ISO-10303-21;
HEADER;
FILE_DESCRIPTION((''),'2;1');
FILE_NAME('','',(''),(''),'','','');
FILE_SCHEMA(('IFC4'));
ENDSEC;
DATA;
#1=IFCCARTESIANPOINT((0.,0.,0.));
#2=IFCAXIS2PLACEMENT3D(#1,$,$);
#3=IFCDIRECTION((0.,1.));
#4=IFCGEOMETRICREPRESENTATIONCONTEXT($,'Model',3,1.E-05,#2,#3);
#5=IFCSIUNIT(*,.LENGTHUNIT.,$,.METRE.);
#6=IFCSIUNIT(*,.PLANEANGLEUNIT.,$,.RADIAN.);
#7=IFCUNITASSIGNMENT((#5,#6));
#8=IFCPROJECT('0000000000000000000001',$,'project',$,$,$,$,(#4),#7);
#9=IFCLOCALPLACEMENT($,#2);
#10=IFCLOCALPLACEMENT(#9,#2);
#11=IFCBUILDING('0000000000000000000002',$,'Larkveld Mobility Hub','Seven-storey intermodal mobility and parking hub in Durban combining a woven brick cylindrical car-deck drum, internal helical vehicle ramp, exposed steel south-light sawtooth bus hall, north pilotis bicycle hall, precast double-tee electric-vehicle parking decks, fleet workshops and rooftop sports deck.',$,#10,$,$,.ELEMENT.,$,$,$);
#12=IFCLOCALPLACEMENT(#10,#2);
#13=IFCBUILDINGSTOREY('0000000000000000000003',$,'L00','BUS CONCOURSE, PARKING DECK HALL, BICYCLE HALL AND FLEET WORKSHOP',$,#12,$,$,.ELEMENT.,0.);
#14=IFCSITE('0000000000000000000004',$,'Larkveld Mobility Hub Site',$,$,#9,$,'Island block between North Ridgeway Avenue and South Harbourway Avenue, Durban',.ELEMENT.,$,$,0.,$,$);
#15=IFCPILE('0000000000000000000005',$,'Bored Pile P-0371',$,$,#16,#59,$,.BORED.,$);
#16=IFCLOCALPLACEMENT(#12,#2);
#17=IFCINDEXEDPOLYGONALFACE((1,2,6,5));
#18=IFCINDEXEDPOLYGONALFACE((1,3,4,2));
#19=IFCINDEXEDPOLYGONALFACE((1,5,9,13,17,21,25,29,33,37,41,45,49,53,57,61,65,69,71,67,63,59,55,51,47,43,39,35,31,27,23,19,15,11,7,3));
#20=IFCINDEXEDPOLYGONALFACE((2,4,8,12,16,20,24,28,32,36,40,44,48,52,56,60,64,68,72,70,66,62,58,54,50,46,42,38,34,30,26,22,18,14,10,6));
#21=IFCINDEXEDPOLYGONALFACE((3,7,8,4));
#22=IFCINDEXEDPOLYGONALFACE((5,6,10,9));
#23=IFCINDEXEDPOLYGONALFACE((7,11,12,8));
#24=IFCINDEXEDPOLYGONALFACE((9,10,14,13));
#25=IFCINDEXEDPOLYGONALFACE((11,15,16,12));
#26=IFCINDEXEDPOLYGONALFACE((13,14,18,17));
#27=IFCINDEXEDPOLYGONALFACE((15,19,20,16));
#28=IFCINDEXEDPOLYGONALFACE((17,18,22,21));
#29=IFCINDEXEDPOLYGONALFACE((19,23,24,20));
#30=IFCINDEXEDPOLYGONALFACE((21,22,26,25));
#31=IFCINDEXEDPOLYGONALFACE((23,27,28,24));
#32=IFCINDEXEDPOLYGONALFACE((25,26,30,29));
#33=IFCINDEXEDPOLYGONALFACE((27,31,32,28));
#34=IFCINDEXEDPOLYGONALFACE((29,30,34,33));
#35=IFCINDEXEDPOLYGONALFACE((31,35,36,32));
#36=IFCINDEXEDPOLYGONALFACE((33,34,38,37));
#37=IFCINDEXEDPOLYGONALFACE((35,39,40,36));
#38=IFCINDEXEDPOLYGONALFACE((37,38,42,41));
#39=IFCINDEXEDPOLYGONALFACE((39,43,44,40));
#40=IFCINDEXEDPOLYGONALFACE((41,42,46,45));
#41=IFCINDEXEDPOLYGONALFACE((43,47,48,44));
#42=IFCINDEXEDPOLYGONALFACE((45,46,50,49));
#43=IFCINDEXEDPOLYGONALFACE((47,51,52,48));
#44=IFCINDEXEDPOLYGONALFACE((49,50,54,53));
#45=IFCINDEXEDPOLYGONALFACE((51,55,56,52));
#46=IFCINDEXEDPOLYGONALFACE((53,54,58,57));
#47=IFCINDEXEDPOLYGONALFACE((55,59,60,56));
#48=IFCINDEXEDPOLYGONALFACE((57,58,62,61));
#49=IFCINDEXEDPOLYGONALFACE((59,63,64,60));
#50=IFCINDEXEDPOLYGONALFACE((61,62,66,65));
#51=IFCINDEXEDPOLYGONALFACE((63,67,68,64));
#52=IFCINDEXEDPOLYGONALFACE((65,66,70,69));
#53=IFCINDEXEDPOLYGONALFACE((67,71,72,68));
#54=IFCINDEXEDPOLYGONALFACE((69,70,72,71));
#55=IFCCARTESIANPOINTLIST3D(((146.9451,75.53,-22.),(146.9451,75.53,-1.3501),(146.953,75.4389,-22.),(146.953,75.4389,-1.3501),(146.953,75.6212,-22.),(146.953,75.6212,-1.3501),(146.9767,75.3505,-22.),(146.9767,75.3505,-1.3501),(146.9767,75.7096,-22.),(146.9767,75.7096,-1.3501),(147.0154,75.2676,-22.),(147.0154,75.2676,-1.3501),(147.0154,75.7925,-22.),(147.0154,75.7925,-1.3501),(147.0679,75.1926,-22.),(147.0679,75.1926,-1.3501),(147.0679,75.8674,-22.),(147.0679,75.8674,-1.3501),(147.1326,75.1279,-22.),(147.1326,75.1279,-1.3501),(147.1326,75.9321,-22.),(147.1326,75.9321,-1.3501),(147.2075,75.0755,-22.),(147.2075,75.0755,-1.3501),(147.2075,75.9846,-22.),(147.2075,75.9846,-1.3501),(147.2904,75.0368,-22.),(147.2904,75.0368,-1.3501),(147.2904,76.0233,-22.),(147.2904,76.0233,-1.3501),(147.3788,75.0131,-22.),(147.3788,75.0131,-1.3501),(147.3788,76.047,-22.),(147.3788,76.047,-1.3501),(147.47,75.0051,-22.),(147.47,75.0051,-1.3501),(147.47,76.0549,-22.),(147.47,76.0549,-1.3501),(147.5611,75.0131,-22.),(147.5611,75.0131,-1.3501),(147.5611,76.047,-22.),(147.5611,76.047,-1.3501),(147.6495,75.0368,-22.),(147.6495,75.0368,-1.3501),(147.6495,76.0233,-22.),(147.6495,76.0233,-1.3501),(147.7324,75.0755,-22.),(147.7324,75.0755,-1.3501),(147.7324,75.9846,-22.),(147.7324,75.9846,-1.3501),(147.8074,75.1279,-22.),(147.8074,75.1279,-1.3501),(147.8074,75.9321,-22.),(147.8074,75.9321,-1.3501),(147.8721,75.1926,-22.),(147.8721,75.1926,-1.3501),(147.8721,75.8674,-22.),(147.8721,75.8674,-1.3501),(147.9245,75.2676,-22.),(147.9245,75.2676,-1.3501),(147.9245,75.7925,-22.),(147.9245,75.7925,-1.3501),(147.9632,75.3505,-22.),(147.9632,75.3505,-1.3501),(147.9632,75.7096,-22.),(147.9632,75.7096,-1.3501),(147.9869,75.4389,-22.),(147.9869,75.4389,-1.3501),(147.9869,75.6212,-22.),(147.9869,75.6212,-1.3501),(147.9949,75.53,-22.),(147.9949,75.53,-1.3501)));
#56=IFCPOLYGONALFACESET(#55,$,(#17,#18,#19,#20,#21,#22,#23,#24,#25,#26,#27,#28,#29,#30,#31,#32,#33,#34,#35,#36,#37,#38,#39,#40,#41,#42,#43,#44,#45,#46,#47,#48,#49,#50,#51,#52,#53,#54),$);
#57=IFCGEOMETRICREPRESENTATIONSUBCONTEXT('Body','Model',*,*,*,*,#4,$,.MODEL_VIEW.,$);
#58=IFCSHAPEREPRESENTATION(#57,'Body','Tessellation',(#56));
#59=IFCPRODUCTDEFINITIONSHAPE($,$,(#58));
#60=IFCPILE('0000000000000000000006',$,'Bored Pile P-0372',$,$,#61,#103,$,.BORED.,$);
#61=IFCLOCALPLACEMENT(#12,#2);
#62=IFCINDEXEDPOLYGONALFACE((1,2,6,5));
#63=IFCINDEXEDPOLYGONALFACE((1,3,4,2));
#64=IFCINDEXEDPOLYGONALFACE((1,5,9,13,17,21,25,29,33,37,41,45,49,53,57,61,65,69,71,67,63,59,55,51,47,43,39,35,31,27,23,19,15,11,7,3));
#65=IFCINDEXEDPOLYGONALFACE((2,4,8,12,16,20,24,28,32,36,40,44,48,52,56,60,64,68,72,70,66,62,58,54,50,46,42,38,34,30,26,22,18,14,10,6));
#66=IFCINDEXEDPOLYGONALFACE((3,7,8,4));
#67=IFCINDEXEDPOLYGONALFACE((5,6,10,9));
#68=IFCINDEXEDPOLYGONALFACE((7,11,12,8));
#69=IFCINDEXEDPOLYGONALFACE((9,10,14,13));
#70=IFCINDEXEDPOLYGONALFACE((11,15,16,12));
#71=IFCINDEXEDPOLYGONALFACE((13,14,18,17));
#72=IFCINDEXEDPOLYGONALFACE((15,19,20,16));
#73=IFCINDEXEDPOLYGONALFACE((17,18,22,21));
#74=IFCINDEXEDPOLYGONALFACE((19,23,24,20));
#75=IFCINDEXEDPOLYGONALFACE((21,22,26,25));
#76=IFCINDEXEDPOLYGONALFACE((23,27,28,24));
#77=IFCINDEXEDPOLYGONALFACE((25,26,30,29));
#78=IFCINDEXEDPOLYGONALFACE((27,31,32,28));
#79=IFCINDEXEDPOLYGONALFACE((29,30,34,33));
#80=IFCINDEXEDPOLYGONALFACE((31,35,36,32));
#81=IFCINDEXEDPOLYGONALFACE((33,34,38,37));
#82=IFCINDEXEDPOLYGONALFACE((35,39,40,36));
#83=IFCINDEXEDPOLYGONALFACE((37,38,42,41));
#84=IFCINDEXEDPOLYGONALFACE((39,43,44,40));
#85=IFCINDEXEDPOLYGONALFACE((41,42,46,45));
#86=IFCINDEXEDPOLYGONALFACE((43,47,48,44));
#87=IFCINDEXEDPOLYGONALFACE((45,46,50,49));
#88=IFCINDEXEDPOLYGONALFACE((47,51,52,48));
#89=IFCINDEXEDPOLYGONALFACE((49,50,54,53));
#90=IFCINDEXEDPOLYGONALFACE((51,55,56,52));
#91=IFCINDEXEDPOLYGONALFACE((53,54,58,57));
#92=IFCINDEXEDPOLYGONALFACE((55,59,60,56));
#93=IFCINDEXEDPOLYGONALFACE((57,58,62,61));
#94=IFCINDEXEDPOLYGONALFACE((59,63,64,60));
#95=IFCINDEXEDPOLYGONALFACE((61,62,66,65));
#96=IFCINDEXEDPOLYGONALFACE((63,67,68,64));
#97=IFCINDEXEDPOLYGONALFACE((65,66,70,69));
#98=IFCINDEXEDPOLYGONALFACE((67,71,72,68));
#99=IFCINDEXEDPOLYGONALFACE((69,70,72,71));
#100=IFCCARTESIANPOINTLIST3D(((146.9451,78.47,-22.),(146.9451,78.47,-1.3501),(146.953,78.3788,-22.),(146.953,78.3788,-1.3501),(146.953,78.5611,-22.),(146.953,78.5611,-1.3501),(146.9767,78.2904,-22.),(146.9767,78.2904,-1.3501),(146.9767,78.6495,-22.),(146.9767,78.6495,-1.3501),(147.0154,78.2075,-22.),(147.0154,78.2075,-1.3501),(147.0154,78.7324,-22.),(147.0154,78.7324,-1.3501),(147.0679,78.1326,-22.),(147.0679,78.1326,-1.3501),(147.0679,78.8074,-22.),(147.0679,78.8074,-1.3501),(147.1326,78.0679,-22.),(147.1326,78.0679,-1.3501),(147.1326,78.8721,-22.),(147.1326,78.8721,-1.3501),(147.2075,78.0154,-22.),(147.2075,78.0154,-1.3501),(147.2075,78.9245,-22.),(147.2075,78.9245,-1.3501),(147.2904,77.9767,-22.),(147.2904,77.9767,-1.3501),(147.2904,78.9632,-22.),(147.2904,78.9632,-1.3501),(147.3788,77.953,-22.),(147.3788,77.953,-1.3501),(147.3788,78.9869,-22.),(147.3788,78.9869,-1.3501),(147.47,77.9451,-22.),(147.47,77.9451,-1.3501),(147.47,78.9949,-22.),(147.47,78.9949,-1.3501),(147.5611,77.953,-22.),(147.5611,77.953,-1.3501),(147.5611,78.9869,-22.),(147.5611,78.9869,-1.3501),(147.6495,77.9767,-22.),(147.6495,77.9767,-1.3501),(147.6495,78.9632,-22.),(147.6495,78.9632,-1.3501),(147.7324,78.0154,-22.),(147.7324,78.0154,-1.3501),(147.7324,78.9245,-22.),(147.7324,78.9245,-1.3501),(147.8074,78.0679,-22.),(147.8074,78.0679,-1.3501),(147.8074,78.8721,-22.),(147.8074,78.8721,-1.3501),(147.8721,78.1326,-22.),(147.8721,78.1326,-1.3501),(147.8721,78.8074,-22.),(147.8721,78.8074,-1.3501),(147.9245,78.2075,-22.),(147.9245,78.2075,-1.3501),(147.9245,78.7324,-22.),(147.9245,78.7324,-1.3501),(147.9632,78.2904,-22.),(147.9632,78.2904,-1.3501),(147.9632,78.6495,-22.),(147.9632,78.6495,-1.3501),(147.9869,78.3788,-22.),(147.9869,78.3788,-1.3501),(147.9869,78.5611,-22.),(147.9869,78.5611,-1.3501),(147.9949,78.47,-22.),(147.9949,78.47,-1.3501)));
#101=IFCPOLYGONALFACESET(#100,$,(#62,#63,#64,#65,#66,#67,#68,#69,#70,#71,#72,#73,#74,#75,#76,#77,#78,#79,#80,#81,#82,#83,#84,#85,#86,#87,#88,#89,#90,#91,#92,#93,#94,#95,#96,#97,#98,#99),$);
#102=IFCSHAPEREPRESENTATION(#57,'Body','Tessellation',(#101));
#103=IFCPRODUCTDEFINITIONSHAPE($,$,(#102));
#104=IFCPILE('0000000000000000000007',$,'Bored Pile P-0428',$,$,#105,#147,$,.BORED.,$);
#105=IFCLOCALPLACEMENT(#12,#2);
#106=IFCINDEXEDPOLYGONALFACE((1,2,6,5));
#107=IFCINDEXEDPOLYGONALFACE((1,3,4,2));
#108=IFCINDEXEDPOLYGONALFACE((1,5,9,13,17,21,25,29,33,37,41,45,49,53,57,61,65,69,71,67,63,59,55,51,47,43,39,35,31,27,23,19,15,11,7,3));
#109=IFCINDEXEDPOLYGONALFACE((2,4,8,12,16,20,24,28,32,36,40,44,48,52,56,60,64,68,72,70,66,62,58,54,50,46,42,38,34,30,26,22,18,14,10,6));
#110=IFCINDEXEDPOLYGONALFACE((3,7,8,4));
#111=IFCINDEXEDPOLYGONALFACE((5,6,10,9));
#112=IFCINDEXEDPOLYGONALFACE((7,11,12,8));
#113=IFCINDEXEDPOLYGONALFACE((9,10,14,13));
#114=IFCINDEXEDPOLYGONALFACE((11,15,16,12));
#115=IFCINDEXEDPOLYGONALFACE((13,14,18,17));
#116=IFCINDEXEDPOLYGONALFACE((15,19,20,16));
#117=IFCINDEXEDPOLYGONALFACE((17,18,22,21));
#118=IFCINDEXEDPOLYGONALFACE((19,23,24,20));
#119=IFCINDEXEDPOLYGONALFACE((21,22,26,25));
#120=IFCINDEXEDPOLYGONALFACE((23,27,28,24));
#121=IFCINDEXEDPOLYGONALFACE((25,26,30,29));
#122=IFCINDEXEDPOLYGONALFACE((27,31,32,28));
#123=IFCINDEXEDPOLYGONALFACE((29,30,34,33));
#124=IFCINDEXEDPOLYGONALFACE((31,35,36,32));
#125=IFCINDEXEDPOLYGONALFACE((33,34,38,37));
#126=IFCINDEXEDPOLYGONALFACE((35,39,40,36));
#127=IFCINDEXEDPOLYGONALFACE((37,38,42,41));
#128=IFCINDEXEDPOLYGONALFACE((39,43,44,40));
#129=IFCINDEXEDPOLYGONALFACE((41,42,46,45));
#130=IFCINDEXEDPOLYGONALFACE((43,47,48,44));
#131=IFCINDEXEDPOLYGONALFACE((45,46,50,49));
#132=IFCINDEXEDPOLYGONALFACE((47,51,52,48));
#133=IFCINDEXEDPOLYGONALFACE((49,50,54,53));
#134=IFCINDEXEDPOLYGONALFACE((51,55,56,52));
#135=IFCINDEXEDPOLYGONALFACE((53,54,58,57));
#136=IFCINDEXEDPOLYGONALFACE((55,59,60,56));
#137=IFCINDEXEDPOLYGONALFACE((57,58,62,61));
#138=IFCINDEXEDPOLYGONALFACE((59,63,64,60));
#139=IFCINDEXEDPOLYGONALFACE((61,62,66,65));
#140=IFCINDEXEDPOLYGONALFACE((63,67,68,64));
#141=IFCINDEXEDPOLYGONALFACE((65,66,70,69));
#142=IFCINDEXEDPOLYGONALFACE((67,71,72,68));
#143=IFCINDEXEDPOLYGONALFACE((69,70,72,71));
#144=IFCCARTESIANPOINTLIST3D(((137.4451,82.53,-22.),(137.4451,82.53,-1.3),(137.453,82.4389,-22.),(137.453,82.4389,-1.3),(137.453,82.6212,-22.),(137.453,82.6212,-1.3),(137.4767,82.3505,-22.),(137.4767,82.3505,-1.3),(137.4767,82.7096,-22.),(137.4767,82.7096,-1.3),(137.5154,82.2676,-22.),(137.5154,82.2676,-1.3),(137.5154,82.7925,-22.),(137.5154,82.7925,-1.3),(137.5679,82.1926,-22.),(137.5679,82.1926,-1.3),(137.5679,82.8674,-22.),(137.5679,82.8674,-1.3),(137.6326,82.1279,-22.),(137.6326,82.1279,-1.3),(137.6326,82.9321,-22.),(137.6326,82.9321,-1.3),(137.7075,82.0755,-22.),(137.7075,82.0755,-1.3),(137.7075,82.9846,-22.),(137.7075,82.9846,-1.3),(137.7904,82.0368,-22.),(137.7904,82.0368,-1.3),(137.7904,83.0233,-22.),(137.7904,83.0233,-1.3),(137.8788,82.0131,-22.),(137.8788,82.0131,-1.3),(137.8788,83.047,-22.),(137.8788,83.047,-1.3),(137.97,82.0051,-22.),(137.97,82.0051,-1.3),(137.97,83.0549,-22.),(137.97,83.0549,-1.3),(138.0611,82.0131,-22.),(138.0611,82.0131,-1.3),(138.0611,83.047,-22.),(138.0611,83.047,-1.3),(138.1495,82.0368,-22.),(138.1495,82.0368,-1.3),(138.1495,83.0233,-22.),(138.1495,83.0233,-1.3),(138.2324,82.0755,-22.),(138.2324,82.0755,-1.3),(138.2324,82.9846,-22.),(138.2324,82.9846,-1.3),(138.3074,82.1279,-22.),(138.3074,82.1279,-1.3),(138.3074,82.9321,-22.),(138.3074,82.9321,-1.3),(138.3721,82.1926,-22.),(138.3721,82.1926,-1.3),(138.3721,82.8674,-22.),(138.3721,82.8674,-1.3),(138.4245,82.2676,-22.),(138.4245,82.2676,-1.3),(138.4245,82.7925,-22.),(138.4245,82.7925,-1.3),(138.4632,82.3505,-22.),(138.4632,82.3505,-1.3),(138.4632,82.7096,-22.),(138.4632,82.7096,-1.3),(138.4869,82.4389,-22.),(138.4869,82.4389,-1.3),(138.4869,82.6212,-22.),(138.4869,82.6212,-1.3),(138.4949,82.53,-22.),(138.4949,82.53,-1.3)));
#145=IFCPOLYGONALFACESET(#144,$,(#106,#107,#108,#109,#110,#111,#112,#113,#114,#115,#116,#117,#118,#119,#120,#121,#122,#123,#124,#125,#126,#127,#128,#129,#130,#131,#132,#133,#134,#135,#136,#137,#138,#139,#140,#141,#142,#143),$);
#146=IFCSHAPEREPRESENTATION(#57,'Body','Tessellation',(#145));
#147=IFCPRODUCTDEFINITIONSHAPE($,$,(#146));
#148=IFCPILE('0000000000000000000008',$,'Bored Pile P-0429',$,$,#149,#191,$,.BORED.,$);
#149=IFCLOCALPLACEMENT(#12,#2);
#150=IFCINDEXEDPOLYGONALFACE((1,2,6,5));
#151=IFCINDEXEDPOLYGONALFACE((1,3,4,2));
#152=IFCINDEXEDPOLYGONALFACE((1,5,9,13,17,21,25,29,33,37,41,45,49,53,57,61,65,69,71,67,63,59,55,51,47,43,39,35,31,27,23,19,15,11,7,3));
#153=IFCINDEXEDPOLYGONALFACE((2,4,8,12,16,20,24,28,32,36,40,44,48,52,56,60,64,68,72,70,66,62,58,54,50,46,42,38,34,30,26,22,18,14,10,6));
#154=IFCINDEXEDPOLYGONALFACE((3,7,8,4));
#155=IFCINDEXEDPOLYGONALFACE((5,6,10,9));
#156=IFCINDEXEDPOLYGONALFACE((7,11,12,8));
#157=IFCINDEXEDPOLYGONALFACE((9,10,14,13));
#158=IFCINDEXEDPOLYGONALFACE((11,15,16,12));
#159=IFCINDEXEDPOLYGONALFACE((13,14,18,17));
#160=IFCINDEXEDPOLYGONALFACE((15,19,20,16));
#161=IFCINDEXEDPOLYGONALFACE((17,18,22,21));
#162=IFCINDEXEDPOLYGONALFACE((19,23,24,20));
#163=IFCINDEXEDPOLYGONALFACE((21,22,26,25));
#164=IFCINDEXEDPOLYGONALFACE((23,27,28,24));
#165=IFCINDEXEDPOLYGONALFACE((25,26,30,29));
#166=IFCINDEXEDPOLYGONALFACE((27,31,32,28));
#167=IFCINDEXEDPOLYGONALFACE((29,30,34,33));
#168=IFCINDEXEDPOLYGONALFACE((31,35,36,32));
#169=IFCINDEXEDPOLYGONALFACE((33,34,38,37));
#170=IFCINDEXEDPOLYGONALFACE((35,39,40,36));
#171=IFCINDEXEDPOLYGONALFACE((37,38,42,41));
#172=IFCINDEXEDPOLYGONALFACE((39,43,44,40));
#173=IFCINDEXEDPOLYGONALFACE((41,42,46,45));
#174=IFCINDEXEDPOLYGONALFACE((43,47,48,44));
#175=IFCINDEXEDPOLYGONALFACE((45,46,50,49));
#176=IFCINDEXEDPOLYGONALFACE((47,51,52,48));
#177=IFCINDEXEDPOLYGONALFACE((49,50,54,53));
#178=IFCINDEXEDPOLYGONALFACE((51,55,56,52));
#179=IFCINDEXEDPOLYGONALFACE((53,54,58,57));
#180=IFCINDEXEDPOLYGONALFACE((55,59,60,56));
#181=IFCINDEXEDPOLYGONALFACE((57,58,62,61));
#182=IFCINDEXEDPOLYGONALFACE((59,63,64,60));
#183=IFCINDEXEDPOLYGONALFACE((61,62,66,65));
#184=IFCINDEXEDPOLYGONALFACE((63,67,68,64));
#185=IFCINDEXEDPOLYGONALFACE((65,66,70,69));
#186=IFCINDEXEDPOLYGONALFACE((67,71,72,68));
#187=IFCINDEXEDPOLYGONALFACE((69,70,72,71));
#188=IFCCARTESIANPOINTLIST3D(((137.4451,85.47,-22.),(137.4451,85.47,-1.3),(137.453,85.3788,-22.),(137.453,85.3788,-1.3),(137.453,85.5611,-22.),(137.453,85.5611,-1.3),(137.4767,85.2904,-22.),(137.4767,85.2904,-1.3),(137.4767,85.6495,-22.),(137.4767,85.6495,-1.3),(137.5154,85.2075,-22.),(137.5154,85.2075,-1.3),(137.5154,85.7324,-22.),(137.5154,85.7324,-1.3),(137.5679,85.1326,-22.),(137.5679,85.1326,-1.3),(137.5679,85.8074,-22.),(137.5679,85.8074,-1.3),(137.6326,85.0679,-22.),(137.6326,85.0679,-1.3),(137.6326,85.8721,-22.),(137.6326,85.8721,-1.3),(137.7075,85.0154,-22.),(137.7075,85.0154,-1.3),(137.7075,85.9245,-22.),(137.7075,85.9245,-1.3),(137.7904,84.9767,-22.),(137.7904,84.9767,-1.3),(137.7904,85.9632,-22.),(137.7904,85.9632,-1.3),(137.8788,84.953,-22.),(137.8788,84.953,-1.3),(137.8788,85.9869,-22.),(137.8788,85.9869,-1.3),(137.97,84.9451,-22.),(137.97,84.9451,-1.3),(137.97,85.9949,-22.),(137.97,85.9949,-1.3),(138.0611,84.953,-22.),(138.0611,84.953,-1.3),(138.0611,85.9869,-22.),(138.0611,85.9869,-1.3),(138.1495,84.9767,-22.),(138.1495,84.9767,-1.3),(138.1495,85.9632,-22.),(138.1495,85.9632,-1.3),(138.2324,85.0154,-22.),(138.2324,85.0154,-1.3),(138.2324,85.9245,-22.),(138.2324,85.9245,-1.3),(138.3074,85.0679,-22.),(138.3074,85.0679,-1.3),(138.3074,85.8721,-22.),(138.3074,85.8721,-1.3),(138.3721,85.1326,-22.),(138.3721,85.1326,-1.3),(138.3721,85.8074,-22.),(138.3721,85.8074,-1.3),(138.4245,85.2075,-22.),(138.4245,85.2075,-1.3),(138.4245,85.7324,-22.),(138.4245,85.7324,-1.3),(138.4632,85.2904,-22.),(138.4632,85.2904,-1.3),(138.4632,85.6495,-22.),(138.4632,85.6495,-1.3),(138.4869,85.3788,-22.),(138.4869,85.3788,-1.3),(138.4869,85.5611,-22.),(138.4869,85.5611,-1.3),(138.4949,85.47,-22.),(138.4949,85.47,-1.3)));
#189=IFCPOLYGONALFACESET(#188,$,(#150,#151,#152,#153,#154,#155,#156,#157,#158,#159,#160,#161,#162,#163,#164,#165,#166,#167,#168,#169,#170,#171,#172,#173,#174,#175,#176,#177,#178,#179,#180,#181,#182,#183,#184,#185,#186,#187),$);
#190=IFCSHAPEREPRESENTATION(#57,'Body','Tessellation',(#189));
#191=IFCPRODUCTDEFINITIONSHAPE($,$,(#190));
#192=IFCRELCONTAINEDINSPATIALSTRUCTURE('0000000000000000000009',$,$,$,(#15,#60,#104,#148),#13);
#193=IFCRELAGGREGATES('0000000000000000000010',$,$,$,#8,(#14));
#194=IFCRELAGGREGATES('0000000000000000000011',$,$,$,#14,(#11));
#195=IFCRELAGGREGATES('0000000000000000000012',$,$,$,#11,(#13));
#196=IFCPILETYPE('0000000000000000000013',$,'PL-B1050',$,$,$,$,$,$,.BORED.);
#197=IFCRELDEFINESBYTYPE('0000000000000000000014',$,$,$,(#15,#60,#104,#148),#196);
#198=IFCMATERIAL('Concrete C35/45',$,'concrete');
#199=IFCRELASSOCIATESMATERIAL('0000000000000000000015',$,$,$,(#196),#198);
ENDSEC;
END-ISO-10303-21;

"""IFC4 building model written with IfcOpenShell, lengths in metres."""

from ifc_helpers import new_model, si_unit, direction, frame, origin, origin_2d, place, context, subcontext, project, spatial, circle, extrude, material, material_profile, profile_set, type_object, element, save


model = new_model("IFC4")

# Units and contexts
model_context = context("Model", 3, precision=1e-05, world=origin(), true_north=direction((0.0, 1.0)))
body_context = subcontext(model_context, "Body", "Model", "MODEL_VIEW")
ifc_project = project(units=[si_unit("LENGTHUNIT", "METRE"), si_unit("PLANEANGLEUNIT", "RADIAN")], contexts=[model_context])

# Site, building, storey
site_placement = place(None, origin())
site = spatial("IfcSite", under=ifc_project, at=site_placement, Name="Larkveld Mobility Hub Site", LongName="Island block between North Ridgeway Avenue and South Harbourway Avenue, Durban", CompositionType="ELEMENT", RefElevation=0.0)
building_placement = place(site_placement, origin())
building = spatial("IfcBuilding", under=site, at=building_placement, Name="Larkveld Mobility Hub", Description="Seven-storey intermodal mobility and parking hub in Durban combining a woven brick cylindrical car-deck drum, internal helical vehicle ramp, exposed steel south-light sawtooth bus hall, north pilotis bicycle hall, precast double-tee electric-vehicle parking decks, fleet workshops and rooftop sports deck.", CompositionType="ELEMENT")
storey_placement = place(building_placement, origin())
storey = spatial("IfcBuildingStorey", under=building, at=storey_placement, Name="L00", Description="BUS CONCOURSE, PARKING DECK HALL, BICYCLE HALL AND FLEET WORKSHOP", CompositionType="ELEMENT", Elevation=0.0)

# Shared definitions
ifc_material_1 = material(Name="Concrete C35/45", Category="concrete")

# Piles
ifc_material_profile_1 = material_profile(ifc_material_1, circle(Radius=0.5249, at=origin_2d()), Name="PILE D1050")
ifc_profile_set_1 = profile_set([ifc_material_profile_1], Name="Concrete C35/45")
pile_type_1 = type_object("IfcPileType", Name="PL-B1050", PredefinedType="BORED", material=ifc_profile_set_1)
for number, where, z_axis, x_axis, name in (
    (1, (147.47, 75.53, -1.3501), (0.0, 0.0, -1.0), (1.0, 0.0, 0.0), "Bored Pile P-0371"),
    (2, (147.47, 78.47, -1.3501), (0.0, 0.0, -1.0), (1.0, 0.0, 0.0), "Bored Pile P-0372"),
):
    element("IfcPile", number, at=place(storey_placement, frame(where, z_axis=z_axis, x_axis=x_axis)), inside=storey, type_object=pile_type_1, Name=name, PredefinedType="BORED", context=body_context, shape_type="SweptSolid", body=[
        extrude(circle(Radius=0.5249, at=origin_2d()), origin(), (0.0, 0.0, 1.0), 20.6499),
    ])
for number, where, z_axis, x_axis, name in (
    (3, (137.97, 82.53, -1.3), (0.0, 0.0, -1.0), (1.0, 0.0, 0.0), "Bored Pile P-0428"),
    (4, (137.97, 85.47, -1.3), (0.0, 0.0, -1.0), (1.0, 0.0, 0.0), "Bored Pile P-0429"),
):
    element("IfcPile", number, at=place(storey_placement, frame(where, z_axis=z_axis, x_axis=x_axis)), inside=storey, type_object=pile_type_1, Name=name, PredefinedType="BORED", context=body_context, shape_type="SweptSolid", body=[
        extrude(circle(Radius=0.5249, at=origin_2d()), origin(), (0.0, 0.0, 1.0), 20.7),
    ])

save(model, "model.ifc")
